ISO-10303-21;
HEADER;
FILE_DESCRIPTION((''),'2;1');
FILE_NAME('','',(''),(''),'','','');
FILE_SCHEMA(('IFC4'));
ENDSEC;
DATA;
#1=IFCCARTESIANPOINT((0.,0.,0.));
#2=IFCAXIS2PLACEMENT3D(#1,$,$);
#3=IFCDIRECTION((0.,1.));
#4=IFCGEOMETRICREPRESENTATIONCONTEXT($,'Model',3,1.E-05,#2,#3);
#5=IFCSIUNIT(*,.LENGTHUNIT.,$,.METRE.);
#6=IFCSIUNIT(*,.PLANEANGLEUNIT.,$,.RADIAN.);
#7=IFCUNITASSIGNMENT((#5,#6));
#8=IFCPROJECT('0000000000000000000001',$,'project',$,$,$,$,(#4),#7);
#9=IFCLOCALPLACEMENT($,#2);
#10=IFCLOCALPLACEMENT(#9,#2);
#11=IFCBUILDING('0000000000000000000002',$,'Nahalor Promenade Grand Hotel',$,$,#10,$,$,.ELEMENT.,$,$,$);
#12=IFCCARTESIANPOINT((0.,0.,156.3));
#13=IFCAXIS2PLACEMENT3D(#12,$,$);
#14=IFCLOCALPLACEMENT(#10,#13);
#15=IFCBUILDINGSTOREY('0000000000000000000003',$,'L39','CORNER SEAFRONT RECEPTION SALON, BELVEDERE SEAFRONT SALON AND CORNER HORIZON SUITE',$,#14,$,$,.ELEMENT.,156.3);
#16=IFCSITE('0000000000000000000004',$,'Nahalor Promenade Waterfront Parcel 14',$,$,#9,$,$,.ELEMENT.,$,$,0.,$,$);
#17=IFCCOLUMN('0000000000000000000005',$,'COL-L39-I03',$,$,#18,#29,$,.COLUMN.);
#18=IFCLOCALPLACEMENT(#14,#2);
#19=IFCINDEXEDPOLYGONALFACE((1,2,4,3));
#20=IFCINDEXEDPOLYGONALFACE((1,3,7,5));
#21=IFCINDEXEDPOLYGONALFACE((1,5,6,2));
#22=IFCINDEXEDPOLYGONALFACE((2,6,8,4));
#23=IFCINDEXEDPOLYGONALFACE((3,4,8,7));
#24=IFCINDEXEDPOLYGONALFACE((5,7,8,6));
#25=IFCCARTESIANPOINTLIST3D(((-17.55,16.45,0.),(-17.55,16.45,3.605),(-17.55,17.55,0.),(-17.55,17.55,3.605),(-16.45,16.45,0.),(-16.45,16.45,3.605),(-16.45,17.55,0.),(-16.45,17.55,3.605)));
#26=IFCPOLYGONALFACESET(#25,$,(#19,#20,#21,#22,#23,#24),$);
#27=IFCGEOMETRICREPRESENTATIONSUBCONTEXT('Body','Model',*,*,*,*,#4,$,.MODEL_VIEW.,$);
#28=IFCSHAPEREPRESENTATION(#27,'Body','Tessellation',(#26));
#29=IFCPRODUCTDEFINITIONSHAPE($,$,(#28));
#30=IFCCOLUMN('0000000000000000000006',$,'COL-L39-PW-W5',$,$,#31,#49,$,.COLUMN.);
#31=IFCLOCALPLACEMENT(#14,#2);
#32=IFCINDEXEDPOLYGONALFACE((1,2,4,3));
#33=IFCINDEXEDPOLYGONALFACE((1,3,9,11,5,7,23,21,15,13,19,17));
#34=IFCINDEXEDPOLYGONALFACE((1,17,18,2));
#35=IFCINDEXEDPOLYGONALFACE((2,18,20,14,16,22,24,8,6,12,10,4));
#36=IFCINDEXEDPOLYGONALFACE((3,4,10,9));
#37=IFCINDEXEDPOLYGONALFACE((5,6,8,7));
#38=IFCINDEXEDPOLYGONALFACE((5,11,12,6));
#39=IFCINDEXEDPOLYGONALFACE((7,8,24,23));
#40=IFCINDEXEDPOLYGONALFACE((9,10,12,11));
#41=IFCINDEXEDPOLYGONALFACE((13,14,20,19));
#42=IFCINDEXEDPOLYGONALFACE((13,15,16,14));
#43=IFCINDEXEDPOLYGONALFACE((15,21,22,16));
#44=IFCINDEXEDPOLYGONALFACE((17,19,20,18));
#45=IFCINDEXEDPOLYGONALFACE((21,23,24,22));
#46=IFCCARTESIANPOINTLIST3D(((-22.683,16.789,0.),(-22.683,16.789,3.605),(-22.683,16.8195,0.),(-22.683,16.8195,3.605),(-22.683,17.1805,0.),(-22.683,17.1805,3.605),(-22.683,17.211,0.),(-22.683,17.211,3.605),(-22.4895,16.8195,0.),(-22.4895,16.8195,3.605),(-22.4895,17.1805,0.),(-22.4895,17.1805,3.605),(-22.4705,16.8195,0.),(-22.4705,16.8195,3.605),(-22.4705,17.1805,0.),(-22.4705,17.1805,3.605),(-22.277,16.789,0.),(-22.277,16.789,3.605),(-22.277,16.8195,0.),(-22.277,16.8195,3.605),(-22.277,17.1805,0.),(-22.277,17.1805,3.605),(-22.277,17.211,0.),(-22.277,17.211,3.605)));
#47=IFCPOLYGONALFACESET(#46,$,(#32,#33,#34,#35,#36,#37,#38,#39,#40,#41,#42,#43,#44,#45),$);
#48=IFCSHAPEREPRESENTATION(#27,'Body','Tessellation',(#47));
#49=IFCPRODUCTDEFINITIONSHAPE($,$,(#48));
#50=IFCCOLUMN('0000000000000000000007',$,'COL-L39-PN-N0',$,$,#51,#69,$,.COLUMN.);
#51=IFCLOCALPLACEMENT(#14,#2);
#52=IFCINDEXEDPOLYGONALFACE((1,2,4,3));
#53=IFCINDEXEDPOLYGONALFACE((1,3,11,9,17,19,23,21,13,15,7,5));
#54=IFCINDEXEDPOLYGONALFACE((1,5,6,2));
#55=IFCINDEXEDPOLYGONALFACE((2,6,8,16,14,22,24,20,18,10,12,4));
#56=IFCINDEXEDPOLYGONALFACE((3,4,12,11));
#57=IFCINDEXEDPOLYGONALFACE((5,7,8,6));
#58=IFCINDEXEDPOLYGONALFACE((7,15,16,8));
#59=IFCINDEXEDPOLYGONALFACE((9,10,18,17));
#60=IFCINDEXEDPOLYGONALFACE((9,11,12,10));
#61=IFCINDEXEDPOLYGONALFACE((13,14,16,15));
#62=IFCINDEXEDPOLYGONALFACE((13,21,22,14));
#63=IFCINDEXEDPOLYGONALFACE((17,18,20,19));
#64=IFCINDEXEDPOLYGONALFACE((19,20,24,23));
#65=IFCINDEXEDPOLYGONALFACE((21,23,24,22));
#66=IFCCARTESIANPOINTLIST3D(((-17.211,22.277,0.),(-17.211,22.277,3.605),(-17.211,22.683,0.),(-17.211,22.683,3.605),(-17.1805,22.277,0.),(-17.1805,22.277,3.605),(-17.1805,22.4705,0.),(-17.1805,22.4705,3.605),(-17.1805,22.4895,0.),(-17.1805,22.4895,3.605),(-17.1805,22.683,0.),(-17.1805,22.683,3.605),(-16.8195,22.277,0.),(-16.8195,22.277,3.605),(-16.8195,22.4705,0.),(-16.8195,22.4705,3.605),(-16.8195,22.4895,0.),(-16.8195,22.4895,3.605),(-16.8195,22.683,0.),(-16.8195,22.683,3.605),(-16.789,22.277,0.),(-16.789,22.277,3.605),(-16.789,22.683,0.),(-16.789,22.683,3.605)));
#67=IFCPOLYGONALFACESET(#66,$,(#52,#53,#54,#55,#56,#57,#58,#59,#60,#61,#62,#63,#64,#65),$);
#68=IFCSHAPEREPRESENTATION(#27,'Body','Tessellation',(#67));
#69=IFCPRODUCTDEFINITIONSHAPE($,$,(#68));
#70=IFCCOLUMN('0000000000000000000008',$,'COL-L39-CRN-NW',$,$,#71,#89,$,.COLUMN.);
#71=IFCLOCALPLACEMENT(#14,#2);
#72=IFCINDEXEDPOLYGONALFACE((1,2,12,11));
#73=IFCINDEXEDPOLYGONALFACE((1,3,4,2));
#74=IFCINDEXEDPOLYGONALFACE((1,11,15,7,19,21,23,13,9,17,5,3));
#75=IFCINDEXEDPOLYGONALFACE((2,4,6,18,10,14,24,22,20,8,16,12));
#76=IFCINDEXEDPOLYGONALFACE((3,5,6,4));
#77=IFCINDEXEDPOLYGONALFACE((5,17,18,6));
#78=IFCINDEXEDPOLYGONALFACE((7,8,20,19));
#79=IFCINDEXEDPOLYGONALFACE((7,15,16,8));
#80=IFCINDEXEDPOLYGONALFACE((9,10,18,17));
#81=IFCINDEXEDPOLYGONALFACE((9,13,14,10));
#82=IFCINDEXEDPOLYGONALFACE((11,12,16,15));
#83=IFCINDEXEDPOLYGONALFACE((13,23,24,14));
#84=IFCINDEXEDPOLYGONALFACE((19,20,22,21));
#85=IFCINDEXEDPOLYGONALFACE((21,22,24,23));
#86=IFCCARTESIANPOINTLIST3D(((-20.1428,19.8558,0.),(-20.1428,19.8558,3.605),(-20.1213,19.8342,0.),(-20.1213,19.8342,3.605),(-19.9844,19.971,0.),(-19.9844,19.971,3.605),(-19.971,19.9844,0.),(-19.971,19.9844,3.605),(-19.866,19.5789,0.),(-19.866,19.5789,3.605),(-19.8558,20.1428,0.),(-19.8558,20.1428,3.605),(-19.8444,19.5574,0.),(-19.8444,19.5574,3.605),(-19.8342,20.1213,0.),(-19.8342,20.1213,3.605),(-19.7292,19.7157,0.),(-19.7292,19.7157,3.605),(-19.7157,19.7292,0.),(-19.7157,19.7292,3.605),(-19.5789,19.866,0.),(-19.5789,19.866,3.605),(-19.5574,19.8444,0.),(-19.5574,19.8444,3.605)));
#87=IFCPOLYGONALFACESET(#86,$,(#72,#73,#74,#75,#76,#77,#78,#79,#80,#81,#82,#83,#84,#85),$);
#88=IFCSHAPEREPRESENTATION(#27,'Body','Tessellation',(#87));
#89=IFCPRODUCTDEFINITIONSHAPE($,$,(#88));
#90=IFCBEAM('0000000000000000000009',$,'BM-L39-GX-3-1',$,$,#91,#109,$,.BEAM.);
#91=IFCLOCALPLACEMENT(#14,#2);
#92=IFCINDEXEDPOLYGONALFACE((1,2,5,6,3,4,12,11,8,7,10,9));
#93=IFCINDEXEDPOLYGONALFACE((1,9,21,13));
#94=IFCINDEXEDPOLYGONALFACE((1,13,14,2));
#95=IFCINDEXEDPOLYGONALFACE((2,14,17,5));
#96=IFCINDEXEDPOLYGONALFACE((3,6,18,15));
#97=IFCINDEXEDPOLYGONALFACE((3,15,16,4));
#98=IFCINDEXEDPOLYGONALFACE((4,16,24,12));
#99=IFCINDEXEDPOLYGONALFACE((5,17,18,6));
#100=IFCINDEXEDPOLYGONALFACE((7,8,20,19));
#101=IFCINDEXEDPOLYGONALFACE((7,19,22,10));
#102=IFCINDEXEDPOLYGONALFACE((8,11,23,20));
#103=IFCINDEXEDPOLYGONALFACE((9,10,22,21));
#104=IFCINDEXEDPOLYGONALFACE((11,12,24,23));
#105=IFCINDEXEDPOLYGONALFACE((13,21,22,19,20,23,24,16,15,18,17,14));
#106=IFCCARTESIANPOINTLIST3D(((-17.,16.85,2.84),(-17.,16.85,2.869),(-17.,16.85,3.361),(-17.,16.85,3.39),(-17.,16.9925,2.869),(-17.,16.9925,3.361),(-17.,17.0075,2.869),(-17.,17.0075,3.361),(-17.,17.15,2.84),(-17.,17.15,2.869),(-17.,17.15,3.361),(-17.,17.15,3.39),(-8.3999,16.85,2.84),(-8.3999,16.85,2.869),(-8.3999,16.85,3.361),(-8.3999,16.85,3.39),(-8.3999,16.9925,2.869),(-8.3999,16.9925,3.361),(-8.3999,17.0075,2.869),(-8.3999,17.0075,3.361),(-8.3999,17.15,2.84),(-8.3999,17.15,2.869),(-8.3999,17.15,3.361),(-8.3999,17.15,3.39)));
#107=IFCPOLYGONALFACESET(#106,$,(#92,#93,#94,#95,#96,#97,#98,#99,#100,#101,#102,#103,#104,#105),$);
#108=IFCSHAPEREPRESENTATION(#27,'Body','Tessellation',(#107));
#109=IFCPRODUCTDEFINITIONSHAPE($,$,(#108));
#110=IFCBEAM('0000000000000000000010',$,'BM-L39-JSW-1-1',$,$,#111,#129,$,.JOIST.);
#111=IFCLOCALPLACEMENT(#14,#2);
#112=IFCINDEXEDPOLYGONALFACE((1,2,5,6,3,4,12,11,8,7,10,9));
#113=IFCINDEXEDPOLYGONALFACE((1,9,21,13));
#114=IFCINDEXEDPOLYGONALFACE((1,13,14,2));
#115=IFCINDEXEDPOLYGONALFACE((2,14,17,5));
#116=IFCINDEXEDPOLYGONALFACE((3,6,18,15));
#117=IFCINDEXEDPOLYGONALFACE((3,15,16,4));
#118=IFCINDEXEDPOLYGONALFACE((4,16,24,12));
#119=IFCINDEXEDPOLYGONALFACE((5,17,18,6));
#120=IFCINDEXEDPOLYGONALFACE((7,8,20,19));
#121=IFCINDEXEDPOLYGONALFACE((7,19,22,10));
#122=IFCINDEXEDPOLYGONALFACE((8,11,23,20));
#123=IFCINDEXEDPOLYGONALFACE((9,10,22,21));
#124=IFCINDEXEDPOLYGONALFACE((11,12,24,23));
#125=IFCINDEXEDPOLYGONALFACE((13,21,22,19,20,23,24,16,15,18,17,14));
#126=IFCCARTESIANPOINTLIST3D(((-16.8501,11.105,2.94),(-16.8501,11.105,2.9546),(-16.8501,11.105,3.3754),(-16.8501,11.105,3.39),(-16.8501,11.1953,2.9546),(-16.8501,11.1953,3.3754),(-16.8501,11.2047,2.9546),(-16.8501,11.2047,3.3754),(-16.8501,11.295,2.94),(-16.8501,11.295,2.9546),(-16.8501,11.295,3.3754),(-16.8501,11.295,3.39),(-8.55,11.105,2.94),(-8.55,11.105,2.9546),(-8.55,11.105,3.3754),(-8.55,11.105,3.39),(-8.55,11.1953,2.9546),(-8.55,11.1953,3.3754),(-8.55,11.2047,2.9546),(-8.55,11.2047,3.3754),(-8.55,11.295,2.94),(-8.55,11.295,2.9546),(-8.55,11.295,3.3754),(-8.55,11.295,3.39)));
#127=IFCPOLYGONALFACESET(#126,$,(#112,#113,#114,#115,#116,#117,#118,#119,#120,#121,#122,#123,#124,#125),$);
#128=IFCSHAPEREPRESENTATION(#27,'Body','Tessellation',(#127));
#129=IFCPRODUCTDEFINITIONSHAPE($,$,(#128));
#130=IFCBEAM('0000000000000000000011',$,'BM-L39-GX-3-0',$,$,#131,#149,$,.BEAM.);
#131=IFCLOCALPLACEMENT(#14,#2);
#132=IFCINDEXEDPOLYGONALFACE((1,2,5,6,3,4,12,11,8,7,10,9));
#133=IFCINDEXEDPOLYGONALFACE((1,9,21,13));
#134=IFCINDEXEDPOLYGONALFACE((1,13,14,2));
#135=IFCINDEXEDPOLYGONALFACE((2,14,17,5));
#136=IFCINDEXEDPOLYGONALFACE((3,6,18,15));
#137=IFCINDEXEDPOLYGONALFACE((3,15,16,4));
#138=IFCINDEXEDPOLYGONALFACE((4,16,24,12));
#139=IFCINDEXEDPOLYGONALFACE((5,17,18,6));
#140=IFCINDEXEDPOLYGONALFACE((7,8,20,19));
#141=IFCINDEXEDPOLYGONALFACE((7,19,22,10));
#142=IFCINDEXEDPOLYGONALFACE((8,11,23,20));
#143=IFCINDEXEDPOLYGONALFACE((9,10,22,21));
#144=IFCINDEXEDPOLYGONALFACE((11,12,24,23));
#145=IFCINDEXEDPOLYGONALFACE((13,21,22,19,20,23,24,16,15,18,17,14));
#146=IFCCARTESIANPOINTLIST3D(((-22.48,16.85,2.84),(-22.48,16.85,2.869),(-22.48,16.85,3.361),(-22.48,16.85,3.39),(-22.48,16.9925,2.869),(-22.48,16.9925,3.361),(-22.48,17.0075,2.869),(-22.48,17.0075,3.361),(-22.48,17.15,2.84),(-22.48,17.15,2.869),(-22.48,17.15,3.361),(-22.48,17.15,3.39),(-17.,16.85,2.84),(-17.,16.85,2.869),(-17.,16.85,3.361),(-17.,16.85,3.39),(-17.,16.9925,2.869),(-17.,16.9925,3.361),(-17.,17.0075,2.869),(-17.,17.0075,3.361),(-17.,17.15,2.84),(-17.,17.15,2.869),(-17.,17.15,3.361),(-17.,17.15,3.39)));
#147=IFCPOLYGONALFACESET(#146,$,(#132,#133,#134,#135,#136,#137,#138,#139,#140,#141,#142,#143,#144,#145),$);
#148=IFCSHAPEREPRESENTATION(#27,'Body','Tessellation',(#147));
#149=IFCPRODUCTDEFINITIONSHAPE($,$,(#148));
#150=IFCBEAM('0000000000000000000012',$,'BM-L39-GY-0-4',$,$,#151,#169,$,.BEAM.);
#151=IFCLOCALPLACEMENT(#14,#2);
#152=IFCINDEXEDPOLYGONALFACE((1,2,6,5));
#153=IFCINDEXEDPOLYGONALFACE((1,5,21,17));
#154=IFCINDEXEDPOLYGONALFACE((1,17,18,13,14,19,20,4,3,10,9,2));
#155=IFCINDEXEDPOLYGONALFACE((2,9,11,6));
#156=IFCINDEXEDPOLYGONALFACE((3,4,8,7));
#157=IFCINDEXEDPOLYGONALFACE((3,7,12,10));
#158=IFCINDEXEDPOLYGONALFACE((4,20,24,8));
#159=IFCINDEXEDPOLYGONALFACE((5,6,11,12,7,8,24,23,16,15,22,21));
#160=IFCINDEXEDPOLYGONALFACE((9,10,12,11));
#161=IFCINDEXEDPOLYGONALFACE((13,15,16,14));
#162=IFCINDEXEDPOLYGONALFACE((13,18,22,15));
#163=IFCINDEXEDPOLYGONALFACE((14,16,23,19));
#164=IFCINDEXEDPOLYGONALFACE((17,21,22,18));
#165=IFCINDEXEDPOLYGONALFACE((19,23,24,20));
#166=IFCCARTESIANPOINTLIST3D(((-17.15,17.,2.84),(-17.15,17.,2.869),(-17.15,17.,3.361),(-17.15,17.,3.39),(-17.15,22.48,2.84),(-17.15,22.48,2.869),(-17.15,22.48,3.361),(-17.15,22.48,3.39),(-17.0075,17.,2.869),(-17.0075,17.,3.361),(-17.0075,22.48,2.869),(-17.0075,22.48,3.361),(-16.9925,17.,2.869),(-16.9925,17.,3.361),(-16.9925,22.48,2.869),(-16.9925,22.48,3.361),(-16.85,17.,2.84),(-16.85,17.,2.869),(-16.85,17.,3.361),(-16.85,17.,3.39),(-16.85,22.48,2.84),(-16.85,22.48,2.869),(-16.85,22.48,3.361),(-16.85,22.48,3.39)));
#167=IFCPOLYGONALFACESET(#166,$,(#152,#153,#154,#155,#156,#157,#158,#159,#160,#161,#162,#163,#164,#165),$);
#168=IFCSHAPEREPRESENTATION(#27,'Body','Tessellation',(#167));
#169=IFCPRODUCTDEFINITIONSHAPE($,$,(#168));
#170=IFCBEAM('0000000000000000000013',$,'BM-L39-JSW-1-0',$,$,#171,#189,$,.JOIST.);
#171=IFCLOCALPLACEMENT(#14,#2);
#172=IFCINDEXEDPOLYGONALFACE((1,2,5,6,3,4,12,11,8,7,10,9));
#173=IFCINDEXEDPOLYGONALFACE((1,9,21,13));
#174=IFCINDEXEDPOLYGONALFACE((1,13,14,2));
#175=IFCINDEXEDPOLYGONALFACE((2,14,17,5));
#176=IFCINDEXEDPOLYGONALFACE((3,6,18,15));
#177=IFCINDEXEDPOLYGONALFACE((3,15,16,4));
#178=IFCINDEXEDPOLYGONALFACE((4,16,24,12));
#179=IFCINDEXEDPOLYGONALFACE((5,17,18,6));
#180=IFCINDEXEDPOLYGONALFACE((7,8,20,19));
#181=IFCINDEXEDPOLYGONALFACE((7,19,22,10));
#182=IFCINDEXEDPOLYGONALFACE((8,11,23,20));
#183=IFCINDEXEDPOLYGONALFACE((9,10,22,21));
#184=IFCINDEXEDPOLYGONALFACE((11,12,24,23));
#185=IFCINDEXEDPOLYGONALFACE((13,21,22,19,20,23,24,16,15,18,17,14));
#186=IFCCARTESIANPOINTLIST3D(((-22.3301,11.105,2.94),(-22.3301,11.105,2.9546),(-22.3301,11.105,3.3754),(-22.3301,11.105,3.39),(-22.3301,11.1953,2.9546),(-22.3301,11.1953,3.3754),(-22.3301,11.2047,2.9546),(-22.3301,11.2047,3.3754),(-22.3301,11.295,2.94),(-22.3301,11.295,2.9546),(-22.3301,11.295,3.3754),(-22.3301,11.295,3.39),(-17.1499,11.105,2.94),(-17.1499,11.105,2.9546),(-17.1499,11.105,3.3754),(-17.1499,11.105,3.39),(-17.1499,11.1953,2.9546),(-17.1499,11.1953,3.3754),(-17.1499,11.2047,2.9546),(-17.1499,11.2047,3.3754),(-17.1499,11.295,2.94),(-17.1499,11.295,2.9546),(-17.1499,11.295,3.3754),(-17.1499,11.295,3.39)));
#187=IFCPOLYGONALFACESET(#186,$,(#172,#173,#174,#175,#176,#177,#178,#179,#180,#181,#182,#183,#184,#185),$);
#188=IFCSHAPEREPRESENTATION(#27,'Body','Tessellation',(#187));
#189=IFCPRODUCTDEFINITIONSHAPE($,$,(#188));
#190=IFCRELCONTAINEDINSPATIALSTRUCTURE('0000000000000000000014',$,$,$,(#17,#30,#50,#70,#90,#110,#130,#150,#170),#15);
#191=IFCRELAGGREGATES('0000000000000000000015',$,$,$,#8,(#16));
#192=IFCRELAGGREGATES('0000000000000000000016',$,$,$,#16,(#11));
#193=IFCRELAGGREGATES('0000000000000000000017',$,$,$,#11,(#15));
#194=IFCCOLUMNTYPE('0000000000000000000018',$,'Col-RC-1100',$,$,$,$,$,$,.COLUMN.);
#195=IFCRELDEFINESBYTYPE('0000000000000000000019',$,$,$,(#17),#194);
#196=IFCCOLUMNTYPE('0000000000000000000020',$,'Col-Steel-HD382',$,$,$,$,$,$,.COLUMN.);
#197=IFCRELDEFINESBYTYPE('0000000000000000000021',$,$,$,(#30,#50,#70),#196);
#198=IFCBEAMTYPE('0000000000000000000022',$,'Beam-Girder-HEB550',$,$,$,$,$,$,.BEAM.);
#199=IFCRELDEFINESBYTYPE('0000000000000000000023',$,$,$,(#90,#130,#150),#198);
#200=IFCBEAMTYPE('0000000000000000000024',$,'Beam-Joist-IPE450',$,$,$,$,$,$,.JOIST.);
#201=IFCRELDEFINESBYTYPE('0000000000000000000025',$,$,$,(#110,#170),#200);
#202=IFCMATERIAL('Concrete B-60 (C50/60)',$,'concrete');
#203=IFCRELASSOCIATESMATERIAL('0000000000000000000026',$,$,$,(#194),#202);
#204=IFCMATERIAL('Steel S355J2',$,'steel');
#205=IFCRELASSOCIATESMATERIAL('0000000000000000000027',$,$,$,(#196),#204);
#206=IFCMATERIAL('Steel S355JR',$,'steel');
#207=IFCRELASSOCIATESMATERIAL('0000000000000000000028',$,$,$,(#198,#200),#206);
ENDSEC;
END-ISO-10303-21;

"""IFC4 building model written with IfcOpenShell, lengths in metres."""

from ifc_helpers import new_model, si_unit, direction, frame, origin, origin_2d, place, context, subcontext, project, spatial, rectangle, i_section, extrude, source, transform, mapped, material, material_profile, profile_set, type_object, element, save


model = new_model("IFC4")

# Units and contexts
model_context = context("Model", 3, precision=1e-05, world=origin(), true_north=direction((0.0, 1.0)))
body_context = subcontext(model_context, "Body", "Model", "MODEL_VIEW")
ifc_project = project(units=[si_unit("LENGTHUNIT", "METRE"), si_unit("PLANEANGLEUNIT", "RADIAN")], contexts=[model_context])

# Site, building, storey
site_placement = place(None, origin())
site = spatial("IfcSite", under=ifc_project, at=site_placement, Name="Nahalor Promenade Waterfront Parcel 14", CompositionType="ELEMENT", RefElevation=0.0)
building_placement = place(site_placement, origin())
building = spatial("IfcBuilding", under=site, at=building_placement, Name="Nahalor Promenade Grand Hotel", CompositionType="ELEMENT")
storey_placement = place(building_placement, frame((0.0, 0.0, 156.3)))
storey = spatial("IfcBuildingStorey", under=building, at=storey_placement, Name="L39", Description="CORNER SEAFRONT RECEPTION SALON, BELVEDERE SEAFRONT SALON AND CORNER HORIZON SUITE", CompositionType="ELEMENT", Elevation=156.3)

# Columns
ifc_material_1 = material(Name="Concrete B-60 (C50/60)", Category="concrete")
ifc_material_profile_1 = material_profile(ifc_material_1, rectangle(XDim=1.1, YDim=1.1, at=origin_2d()), Name="RC 1100x1100")
ifc_profile_set_1 = profile_set([ifc_material_profile_1], Name="Concrete B-60 (C50/60)")
column_type_1 = type_object("IfcColumnType", Name="Col-RC-1100", PredefinedType="COLUMN", material=ifc_profile_set_1)
shared_shape_1 = source(origin(), body_context, "Body", "SweptSolid", [
    extrude(rectangle(XDim=1.1, YDim=1.1, at=origin_2d()), origin(), (0.0, 0.0, 1.0), 3.605),
])
column_placement = place(storey_placement, frame((-17.0, 17.0, 0.0), z_axis=(0.0, 0.0, 1.0), x_axis=(1.0, 0.0, 0.0)))
element("IfcColumn", 1, at=column_placement, inside=storey, type_object=column_type_1, Name="COL-L39-I03", PredefinedType="COLUMN", context=body_context, shape_type="MappedRepresentation", body=[
    mapped(shared_shape_1, transform((0.0, 0.0, 0.0), scale=1.0)),
])
ifc_material_2 = material(Name="Steel S355J2", Category="steel")
ifc_material_profile_2 = material_profile(ifc_material_2, i_section(OverallWidth=0.406, OverallDepth=0.422, WebThickness=0.019, FlangeThickness=0.0305, at=origin_2d()), Name="HD 400x382")
ifc_profile_set_2 = profile_set([ifc_material_profile_2], Name="Steel S355J2")
column_type_2 = type_object("IfcColumnType", Name="Col-Steel-HD382", PredefinedType="COLUMN", material=ifc_profile_set_2)
shared_shape_2 = source(origin(), body_context, "Body", "SweptSolid", [
    extrude(i_section(OverallWidth=0.406, OverallDepth=0.422, WebThickness=0.019, FlangeThickness=0.0305, at=origin_2d()), origin(), (0.0, 0.0, 1.0), 3.605),
])
for number, where, z_axis, x_axis, name in (
    (2, (-22.48, 17.0, 0.0), (0.0, 0.0, 1.0), (1.0, 0.0, 0.0), "COL-L39-PW-W5"),
    (3, (-17.0, 22.48, 0.0), (0.0, 0.0, 1.0), (0.0, 1.0, 0.0), "COL-L39-PN-N0"),
    (4, (-19.8501, 19.8501, 0.0), (0.0, 0.0, 1.0), (0.707107, 0.707107, 0.0), "COL-L39-CRN-NW"),
):
    element("IfcColumn", number, at=place(storey_placement, frame(where, z_axis=z_axis, x_axis=x_axis)), inside=storey, type_object=column_type_2, Name=name, PredefinedType="COLUMN", context=body_context, shape_type="MappedRepresentation", body=[
        mapped(shared_shape_2, transform((0.0, 0.0, 0.0), scale=1.0)),
    ])

# Beams
ifc_material_3 = material(Name="Steel S355JR", Category="steel")
ifc_material_profile_3 = material_profile(ifc_material_3, i_section(OverallWidth=0.3, OverallDepth=0.55, WebThickness=0.015, FlangeThickness=0.029, at=origin_2d()), Name="HEB 550")
ifc_profile_set_3 = profile_set([ifc_material_profile_3], Name="Steel S355JR")
beam_type_1 = type_object("IfcBeamType", Name="Beam-Girder-HEB550", PredefinedType="BEAM", material=ifc_profile_set_3)
shared_shape_3 = source(origin(), body_context, "Body", "SweptSolid", [
    extrude(i_section(OverallWidth=0.3, OverallDepth=0.55, WebThickness=0.015, FlangeThickness=0.029, at=origin_2d()), origin(), (0.0, 0.0, 1.0), 8.6001),
])
beam_1_placement = place(storey_placement, frame((-17.0, 17.0, 3.115), z_axis=(1.0, 0.0, 0.0), x_axis=(0.0, 1.0, 0.0)))
element("IfcBeam", 5, at=beam_1_placement, inside=storey, type_object=beam_type_1, Name="BM-L39-GX-3-1", PredefinedType="BEAM", context=body_context, shape_type="MappedRepresentation", body=[
    mapped(shared_shape_3, transform((0.0, 0.0, 0.0), scale=1.0)),
])
ifc_material_profile_4 = material_profile(ifc_material_3, i_section(OverallWidth=0.19, OverallDepth=0.45, WebThickness=0.0094, FlangeThickness=0.0146, at=origin_2d()), Name="IPE 450")
ifc_profile_set_4 = profile_set([ifc_material_profile_4], Name="Steel S355JR")
beam_type_2 = type_object("IfcBeamType", Name="Beam-Joist-IPE450", PredefinedType="JOIST", material=ifc_profile_set_4)
shared_shape_4 = source(origin(), body_context, "Body", "SweptSolid", [
    extrude(i_section(OverallWidth=0.19, OverallDepth=0.45, WebThickness=0.0094, FlangeThickness=0.0146, at=origin_2d()), origin(), (0.0, 0.0, 1.0), 8.3),
])
beam_2_placement = place(storey_placement, frame((-16.8501, 11.2, 3.165), z_axis=(1.0, 0.0, 0.0), x_axis=(0.0, 1.0, 0.0)))
element("IfcBeam", 6, at=beam_2_placement, inside=storey, type_object=beam_type_2, Name="BM-L39-JSW-1-1", PredefinedType="JOIST", context=body_context, shape_type="MappedRepresentation", body=[
    mapped(shared_shape_4, transform((0.0, 0.0, 0.0), scale=1.0)),
])
shared_shape_5 = source(origin(), body_context, "Body", "SweptSolid", [
    extrude(i_section(OverallWidth=0.3, OverallDepth=0.55, WebThickness=0.015, FlangeThickness=0.029, at=origin_2d()), origin(), (0.0, 0.0, 1.0), 5.48),
])
for number, where, z_axis, x_axis, name in (
    (7, (-22.48, 17.0, 3.115), (1.0, 0.0, 0.0), (0.0, 1.0, 0.0), "BM-L39-GX-3-0"),
    (8, (-17.0, 17.0, 3.115), (0.0, 1.0, 0.0), (-1.0, 0.0, 0.0), "BM-L39-GY-0-4"),
):
    element("IfcBeam", number, at=place(storey_placement, frame(where, z_axis=z_axis, x_axis=x_axis)), inside=storey, type_object=beam_type_1, Name=name, PredefinedType="BEAM", context=body_context, shape_type="MappedRepresentation", body=[
        mapped(shared_shape_5, transform((0.0, 0.0, 0.0), scale=1.0)),
    ])
shared_shape_6 = source(origin(), body_context, "Body", "SweptSolid", [
    extrude(i_section(OverallWidth=0.19, OverallDepth=0.45, WebThickness=0.0094, FlangeThickness=0.0146, at=origin_2d()), origin(), (0.0, 0.0, 1.0), 5.1802),
])
beam_3_placement = place(storey_placement, frame((-22.3301, 11.2, 3.165), z_axis=(1.0, 0.0, 0.0), x_axis=(0.0, 1.0, 0.0)))
element("IfcBeam", 9, at=beam_3_placement, inside=storey, type_object=beam_type_2, Name="BM-L39-JSW-1-0", PredefinedType="JOIST", context=body_context, shape_type="MappedRepresentation", body=[
    mapped(shared_shape_6, transform((0.0, 0.0, 0.0), scale=1.0)),
])

save(model, "model.ifc")
